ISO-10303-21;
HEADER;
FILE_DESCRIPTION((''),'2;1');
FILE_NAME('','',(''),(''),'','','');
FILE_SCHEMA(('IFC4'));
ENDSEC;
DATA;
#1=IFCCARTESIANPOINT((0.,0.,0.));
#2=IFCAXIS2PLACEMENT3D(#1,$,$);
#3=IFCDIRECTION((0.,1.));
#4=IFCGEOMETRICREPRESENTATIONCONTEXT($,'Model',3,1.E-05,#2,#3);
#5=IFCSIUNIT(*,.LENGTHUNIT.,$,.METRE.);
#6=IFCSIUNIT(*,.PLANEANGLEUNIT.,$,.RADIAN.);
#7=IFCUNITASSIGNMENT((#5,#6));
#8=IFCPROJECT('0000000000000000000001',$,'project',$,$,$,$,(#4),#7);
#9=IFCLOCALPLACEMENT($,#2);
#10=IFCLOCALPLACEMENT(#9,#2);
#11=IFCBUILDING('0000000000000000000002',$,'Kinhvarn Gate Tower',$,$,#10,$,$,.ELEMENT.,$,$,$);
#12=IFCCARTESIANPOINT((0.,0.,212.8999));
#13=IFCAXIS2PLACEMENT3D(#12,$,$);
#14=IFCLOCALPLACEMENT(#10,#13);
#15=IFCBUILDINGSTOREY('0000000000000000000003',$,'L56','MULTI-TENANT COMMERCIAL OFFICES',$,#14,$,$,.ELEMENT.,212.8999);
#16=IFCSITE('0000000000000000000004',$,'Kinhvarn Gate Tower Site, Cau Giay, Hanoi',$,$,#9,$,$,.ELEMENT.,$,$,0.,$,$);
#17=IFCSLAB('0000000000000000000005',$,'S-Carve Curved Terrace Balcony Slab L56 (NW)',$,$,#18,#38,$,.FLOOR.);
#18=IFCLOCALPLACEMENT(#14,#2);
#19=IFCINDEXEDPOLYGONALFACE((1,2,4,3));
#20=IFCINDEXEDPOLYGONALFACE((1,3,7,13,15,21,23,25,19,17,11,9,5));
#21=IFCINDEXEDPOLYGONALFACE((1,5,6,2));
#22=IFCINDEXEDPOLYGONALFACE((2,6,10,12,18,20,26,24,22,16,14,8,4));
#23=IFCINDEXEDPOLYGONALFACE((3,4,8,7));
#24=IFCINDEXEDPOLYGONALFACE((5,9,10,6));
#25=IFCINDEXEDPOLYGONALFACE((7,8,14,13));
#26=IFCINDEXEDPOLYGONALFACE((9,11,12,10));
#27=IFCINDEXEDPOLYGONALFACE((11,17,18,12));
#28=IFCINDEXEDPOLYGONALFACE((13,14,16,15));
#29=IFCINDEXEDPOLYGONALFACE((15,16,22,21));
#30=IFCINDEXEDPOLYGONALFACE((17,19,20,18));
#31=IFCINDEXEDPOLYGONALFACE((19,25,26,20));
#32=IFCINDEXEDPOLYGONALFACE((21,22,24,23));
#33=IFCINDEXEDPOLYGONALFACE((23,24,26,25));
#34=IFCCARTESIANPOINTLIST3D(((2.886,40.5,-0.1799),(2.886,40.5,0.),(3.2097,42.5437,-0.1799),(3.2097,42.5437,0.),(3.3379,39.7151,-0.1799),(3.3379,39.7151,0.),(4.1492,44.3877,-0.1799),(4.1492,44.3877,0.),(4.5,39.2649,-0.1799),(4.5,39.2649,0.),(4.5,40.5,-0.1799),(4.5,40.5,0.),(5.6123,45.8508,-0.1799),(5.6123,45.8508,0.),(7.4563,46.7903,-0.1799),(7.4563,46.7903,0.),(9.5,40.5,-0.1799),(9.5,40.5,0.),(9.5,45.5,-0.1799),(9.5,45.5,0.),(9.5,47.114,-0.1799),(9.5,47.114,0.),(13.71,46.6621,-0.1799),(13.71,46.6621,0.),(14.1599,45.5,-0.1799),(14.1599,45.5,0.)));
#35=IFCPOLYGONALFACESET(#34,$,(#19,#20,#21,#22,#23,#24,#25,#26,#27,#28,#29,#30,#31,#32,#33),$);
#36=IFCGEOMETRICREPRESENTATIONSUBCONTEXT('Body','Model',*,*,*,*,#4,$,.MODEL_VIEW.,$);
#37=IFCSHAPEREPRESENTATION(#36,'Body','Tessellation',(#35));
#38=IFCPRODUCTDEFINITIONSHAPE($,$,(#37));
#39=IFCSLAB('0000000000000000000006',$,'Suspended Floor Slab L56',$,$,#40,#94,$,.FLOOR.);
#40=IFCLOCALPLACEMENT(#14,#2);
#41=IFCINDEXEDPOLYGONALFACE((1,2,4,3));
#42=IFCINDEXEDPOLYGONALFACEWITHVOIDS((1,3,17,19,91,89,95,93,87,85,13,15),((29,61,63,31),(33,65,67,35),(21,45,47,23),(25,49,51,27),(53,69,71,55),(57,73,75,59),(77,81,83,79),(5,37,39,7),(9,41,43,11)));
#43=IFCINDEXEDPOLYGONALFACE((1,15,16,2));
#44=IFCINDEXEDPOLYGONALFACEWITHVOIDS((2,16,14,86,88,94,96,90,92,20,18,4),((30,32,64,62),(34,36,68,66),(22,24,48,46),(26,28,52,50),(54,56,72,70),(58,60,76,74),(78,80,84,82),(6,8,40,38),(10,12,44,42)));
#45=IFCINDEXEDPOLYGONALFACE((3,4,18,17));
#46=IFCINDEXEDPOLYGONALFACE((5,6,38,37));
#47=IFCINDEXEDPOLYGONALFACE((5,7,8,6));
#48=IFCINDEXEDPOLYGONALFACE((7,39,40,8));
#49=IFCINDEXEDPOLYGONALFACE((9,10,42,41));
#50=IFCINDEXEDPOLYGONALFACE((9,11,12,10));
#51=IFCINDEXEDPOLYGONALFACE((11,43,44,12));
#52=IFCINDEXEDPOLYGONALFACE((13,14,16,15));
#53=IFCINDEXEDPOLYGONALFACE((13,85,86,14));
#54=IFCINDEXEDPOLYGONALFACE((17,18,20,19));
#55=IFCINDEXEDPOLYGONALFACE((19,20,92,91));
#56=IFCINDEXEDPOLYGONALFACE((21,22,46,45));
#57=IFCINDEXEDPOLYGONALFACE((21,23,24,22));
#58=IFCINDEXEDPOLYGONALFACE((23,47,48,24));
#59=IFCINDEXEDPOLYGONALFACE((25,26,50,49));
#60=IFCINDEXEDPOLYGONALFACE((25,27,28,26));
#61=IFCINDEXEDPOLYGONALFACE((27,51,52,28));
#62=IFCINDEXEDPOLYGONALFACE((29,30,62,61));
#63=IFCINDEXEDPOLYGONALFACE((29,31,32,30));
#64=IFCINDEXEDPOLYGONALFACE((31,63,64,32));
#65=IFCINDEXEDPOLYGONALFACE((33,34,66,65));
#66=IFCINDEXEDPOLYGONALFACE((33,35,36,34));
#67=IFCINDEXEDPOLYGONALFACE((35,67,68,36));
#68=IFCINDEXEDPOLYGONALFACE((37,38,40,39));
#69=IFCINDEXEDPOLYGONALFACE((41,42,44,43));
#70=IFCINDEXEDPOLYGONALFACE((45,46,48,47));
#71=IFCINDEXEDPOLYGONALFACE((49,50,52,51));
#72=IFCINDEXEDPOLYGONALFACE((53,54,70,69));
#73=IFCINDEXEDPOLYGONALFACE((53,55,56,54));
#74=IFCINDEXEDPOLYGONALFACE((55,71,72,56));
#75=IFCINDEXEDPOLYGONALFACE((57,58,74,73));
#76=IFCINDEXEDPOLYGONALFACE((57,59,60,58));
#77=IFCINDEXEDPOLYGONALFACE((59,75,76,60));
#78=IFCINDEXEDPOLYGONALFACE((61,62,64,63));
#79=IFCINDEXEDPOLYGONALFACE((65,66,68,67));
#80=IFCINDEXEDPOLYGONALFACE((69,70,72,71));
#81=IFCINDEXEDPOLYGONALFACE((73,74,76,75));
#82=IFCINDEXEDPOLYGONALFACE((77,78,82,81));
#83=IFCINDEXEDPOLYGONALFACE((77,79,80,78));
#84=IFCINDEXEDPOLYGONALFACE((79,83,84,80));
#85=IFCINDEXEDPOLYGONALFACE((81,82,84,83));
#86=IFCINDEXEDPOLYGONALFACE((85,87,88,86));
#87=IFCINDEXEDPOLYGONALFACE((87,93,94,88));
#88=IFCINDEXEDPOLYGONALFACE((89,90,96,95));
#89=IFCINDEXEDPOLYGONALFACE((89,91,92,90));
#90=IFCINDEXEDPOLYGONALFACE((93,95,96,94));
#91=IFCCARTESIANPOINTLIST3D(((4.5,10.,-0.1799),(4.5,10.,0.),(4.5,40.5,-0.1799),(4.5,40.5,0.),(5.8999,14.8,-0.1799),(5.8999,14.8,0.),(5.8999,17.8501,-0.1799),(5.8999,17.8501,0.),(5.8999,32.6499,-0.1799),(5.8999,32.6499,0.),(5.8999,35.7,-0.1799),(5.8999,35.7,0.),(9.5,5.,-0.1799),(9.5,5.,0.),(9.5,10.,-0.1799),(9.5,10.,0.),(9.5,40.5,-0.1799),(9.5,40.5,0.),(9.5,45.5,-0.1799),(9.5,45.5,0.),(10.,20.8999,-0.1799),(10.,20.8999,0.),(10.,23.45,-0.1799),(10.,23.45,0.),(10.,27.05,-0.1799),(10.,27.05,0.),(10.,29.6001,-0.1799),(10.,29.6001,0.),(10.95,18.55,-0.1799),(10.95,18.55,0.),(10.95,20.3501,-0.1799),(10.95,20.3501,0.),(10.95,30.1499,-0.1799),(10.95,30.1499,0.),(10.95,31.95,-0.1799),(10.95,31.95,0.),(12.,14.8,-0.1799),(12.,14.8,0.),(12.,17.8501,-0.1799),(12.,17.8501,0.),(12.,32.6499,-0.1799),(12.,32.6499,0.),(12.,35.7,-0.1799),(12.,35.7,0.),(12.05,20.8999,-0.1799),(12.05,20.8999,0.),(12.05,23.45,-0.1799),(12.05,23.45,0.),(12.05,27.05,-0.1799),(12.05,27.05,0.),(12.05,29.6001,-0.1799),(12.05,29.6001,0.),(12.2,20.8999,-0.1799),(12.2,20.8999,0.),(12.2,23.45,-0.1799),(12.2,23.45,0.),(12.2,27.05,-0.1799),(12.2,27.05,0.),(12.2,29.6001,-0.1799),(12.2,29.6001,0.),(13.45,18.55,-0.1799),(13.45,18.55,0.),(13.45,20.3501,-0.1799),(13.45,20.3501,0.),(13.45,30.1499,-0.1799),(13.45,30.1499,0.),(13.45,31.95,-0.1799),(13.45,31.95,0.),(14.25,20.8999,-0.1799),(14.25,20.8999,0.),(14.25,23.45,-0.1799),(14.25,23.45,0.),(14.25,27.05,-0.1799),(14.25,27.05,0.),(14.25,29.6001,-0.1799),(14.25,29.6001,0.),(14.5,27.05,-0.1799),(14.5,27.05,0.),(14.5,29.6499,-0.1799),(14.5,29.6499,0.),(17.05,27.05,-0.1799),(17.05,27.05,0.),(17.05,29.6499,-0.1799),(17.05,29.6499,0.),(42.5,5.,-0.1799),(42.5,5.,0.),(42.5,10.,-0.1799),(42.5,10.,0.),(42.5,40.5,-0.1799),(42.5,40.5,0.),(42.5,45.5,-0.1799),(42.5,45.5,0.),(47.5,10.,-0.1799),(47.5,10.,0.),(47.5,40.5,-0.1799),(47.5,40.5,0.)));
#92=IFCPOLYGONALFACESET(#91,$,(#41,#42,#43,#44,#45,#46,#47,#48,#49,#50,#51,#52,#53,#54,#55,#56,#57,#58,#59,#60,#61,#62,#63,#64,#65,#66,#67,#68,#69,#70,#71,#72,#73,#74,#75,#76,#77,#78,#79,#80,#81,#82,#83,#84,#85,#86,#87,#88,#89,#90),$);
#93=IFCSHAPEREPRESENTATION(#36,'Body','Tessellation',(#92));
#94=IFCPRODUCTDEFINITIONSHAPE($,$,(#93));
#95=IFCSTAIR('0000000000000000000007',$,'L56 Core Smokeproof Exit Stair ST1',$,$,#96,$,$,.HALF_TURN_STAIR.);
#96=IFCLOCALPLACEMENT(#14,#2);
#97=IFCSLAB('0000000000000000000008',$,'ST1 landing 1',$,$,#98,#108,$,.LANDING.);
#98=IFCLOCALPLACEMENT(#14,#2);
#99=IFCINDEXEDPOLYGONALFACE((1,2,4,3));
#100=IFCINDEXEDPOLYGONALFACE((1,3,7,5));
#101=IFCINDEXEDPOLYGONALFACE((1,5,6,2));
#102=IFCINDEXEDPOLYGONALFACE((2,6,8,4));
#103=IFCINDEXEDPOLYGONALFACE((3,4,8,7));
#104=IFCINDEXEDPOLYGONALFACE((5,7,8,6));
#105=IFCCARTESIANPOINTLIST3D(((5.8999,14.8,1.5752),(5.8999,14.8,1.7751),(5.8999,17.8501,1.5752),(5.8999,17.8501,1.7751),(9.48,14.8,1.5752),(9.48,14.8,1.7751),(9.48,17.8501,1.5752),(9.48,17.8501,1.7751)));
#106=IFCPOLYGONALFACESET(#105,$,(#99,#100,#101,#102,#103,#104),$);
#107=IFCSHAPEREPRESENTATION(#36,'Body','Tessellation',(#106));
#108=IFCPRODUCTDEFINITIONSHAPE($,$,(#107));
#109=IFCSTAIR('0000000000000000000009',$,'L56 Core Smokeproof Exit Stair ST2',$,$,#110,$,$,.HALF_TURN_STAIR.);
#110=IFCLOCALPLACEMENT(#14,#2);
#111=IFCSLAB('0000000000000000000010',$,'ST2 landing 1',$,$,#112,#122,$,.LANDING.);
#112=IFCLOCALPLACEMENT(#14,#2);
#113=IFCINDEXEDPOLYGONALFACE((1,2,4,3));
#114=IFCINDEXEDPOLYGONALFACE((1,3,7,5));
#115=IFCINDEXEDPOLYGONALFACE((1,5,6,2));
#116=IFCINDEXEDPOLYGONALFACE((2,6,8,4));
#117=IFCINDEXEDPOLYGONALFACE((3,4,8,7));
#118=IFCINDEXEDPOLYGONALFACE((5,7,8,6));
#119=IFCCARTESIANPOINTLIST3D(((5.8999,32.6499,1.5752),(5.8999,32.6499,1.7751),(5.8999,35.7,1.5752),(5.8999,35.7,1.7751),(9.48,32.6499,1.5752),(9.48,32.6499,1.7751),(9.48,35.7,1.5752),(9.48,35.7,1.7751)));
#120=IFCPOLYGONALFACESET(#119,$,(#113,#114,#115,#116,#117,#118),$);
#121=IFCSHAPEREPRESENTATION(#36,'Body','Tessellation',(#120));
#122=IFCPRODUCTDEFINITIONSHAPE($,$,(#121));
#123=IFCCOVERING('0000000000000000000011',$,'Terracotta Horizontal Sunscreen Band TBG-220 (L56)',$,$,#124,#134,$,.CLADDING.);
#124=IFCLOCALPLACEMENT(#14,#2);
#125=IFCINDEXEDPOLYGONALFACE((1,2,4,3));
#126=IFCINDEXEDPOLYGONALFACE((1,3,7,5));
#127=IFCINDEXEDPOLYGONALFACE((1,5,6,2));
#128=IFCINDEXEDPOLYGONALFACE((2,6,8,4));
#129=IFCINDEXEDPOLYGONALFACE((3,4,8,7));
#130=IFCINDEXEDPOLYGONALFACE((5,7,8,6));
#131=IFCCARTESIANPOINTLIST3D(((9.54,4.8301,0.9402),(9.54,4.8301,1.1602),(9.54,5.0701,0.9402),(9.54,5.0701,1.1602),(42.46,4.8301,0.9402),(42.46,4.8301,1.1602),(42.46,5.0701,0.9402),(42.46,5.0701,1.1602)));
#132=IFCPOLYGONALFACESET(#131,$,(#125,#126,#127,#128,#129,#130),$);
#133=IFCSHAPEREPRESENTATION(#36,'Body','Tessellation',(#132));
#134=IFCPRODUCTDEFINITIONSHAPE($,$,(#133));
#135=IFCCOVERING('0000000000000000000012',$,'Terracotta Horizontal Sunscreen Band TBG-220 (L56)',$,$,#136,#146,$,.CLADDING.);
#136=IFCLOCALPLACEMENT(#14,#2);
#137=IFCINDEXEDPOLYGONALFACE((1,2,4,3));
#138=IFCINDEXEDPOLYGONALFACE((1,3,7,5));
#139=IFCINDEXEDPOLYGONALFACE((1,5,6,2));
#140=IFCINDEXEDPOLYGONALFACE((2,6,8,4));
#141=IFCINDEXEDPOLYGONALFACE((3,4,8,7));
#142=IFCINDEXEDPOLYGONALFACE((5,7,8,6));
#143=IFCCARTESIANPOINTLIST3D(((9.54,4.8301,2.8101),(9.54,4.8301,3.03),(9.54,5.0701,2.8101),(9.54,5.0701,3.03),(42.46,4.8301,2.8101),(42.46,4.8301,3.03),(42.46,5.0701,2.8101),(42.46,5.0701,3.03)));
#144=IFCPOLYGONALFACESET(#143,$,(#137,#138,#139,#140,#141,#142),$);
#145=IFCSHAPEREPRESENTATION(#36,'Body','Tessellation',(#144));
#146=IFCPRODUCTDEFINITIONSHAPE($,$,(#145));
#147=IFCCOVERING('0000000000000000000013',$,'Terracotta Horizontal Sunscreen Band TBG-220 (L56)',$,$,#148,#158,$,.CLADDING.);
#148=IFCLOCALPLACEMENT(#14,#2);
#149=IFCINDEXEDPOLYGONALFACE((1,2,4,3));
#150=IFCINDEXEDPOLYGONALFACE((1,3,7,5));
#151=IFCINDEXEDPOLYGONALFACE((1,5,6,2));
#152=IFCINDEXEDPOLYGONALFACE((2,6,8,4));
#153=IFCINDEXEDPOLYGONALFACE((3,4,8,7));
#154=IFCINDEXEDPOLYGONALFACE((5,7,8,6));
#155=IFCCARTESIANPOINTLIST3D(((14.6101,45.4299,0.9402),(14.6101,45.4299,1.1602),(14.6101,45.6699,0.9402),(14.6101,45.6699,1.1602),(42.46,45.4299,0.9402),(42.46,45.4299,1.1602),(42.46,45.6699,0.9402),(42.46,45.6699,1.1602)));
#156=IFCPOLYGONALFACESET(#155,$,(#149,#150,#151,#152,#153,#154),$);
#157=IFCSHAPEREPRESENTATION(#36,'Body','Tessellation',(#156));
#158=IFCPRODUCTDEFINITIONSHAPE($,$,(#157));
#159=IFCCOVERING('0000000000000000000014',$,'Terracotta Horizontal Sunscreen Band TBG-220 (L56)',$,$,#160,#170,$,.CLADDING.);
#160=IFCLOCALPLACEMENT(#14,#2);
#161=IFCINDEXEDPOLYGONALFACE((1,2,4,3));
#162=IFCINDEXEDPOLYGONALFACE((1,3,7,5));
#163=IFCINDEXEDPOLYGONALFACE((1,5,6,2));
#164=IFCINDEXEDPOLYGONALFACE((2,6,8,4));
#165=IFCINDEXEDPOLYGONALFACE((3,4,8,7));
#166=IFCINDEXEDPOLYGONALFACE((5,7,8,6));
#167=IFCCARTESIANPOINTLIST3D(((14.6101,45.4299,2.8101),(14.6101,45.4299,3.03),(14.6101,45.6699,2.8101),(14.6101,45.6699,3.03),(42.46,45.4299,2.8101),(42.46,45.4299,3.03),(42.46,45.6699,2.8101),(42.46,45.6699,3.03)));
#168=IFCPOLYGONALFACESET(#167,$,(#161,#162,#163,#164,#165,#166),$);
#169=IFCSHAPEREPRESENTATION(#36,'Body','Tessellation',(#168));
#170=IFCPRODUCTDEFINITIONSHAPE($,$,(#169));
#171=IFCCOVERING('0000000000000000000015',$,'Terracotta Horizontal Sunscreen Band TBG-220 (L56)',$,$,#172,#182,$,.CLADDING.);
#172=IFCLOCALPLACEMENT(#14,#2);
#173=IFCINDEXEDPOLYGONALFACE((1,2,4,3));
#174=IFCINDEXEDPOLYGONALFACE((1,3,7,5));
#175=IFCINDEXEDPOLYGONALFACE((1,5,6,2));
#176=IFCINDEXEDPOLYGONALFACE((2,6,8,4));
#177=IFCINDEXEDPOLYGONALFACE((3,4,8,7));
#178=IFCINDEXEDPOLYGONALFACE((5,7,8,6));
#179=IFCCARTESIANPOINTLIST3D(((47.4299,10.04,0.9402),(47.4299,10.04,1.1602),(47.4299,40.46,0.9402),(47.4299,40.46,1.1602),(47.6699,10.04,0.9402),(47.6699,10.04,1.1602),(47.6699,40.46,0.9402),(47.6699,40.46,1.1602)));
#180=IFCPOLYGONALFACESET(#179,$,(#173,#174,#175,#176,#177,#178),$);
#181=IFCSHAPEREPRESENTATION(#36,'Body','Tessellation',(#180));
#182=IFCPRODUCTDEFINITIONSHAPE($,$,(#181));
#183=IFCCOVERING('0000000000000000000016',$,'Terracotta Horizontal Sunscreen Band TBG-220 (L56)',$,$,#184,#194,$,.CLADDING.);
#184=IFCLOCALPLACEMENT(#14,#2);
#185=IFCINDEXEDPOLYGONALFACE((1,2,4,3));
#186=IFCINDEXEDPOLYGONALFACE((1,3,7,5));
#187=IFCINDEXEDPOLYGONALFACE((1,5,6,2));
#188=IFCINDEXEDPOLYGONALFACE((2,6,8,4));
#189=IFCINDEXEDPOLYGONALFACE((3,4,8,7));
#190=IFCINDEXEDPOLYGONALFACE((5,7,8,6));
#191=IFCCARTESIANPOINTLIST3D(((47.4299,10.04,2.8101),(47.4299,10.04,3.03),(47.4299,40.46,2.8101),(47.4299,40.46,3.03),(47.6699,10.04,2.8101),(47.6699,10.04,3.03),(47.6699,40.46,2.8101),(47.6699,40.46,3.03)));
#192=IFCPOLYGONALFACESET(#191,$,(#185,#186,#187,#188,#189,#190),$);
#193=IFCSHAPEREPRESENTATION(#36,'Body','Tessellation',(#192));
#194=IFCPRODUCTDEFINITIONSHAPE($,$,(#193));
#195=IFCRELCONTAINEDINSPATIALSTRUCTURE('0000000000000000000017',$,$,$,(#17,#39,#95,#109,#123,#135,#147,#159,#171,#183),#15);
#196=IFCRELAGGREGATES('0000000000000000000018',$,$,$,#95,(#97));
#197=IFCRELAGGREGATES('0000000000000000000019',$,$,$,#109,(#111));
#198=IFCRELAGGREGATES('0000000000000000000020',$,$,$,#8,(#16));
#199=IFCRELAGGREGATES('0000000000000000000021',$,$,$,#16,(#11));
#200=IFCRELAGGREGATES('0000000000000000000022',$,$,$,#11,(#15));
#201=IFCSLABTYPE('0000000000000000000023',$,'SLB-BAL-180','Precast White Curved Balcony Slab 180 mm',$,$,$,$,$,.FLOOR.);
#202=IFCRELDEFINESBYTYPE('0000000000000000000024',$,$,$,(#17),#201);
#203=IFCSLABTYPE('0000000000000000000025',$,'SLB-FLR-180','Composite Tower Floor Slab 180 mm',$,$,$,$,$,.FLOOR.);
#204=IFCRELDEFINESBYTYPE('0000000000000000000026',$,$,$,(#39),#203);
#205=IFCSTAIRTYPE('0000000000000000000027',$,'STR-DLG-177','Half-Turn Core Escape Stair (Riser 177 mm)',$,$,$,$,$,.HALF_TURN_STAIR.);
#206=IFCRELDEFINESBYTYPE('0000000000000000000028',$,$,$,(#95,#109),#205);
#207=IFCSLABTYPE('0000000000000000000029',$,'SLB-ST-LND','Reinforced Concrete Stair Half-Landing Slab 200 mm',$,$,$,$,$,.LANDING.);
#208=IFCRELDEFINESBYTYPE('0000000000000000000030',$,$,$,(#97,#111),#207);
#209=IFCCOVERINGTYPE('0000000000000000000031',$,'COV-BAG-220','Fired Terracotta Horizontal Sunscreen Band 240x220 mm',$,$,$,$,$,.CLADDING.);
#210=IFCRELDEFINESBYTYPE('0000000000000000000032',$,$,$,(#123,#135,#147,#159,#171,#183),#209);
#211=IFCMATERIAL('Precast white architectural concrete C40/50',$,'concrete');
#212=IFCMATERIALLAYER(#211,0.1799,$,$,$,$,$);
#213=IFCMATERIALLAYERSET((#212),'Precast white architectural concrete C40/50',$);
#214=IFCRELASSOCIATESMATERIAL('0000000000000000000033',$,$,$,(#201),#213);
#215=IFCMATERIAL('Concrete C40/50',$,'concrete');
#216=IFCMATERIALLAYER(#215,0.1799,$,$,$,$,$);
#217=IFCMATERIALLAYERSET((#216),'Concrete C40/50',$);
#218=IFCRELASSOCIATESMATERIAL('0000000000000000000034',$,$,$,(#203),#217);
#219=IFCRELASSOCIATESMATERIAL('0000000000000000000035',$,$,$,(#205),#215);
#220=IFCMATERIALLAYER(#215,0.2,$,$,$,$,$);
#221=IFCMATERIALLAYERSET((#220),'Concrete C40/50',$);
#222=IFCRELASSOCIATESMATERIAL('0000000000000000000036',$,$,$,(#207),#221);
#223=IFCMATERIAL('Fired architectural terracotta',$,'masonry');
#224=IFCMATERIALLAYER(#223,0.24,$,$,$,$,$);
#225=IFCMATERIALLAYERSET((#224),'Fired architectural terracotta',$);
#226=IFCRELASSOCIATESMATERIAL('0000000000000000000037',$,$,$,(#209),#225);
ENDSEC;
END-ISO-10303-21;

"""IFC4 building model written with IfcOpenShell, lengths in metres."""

from ifc_helpers import new_model, si_unit, direction, frame, origin, place, context, subcontext, project, spatial, polyline, outline, extrude, material, layer, layer_set, type_object, element, aggregate, save


model = new_model("IFC4")

# Units and contexts
model_context = context("Model", 3, precision=1e-05, world=origin(), true_north=direction((0.0, 1.0)))
body_context = subcontext(model_context, "Body", "Model", "MODEL_VIEW")
ifc_project = project(units=[si_unit("LENGTHUNIT", "METRE"), si_unit("PLANEANGLEUNIT", "RADIAN")], contexts=[model_context])

# Site, building, storey
site_placement = place(None, origin())
site = spatial("IfcSite", under=ifc_project, at=site_placement, Name="Kinhvarn Gate Tower Site, Cau Giay, Hanoi", CompositionType="ELEMENT", RefElevation=0.0)
building_placement = place(site_placement, origin())
building = spatial("IfcBuilding", under=site, at=building_placement, Name="Kinhvarn Gate Tower", CompositionType="ELEMENT")
storey_placement = place(building_placement, frame((0.0, 0.0, 212.8999)))
storey = spatial("IfcBuildingStorey", under=building, at=storey_placement, Name="L56", Description="MULTI-TENANT COMMERCIAL OFFICES", CompositionType="ELEMENT", Elevation=212.8999)

# Slabs
ifc_material_1 = material(Name="Precast white architectural concrete C40/50", Category="concrete")
ifc_layer_1 = layer(ifc_material_1, 0.1799)
ifc_layer_set_1 = layer_set([ifc_layer_1], Name="Precast white architectural concrete C40/50")
slab_type_1 = type_object("IfcSlabType", Name="SLB-BAL-180", Description="Precast White Curved Balcony Slab 180 mm", PredefinedType="FLOOR", material=ifc_layer_set_1)
slab_1_placement = place(storey_placement, frame((0.0, 0.0, -0.1799)))
element("IfcSlab", 1, at=slab_1_placement, inside=storey, type_object=slab_type_1, Name="S-Carve Curved Terrace Balcony Slab L56 (NW)", PredefinedType="FLOOR", context=body_context, shape_type="SweptSolid", body=[
    extrude(outline(polyline([(14.1599, 45.5), (13.71, 46.6621), (9.5, 47.114), (7.4563, 46.7903), (5.6123, 45.8508), (4.1492, 44.3877), (3.2097, 42.5437), (2.886, 40.5), (3.3379, 39.7151), (4.5, 39.2649), (4.5, 40.5), (9.5, 40.5), (9.5, 45.5), (14.1599, 45.5)])), origin(), (0.0, 0.0, 1.0), 0.1799),
])
ifc_material_2 = material(Name="Concrete C40/50", Category="concrete")
ifc_layer_2 = layer(ifc_material_2, 0.1799)
ifc_layer_set_2 = layer_set([ifc_layer_2], Name="Concrete C40/50")
slab_type_2 = type_object("IfcSlabType", Name="SLB-FLR-180", Description="Composite Tower Floor Slab 180 mm", PredefinedType="FLOOR", material=ifc_layer_set_2)
slab_2_placement = place(storey_placement, frame((0.0, 0.0, -0.1799)))
element("IfcSlab", 2, at=slab_2_placement, inside=storey, type_object=slab_type_2, Name="Suspended Floor Slab L56", PredefinedType="FLOOR", context=body_context, shape_type="SweptSolid", body=[
    extrude(outline(polyline([(9.5, 5.0), (42.5, 5.0), (42.5, 10.0), (47.5, 10.0), (47.5, 40.5), (42.5, 40.5), (42.5, 45.5), (9.5, 45.5), (9.5, 40.5), (4.5, 40.5), (4.5, 10.0), (9.5, 10.0), (9.5, 5.0)]), holes=[polyline([(5.8999, 14.8), (12.0, 14.8), (12.0, 17.8501), (5.8999, 17.8501), (5.8999, 14.8)]), polyline([(5.8999, 32.6499), (12.0, 32.6499), (12.0, 35.7), (5.8999, 35.7), (5.8999, 32.6499)]), polyline([(10.0, 20.8999), (12.05, 20.8999), (12.05, 23.45), (10.0, 23.45), (10.0, 20.8999)]), polyline([(12.2, 20.8999), (14.25, 20.8999), (14.25, 23.45), (12.2, 23.45), (12.2, 20.8999)]), polyline([(10.0, 27.05), (12.05, 27.05), (12.05, 29.6001), (10.0, 29.6001), (10.0, 27.05)]), polyline([(12.2, 27.05), (14.25, 27.05), (14.25, 29.6001), (12.2, 29.6001), (12.2, 27.05)]), polyline([(14.5, 27.05), (17.05, 27.05), (17.05, 29.6499), (14.5, 29.6499), (14.5, 27.05)]), polyline([(10.95, 18.55), (13.45, 18.55), (13.45, 20.3501), (10.95, 20.3501), (10.95, 18.55)]), polyline([(10.95, 30.1499), (13.45, 30.1499), (13.45, 31.95), (10.95, 31.95), (10.95, 30.1499)])]), origin(), (0.0, 0.0, 1.0), 0.1799),
])

# Stairs, slabs
stair_type = type_object("IfcStairType", Name="STR-DLG-177", Description="Half-Turn Core Escape Stair (Riser 177 mm)", PredefinedType="HALF_TURN_STAIR", material=ifc_material_2)
stair_1_placement = place(storey_placement, origin())
stair_1 = element("IfcStair", 3, at=stair_1_placement, inside=storey, type_object=stair_type, Name="L56 Core Smokeproof Exit Stair ST1", PredefinedType="HALF_TURN_STAIR")
ifc_layer_3 = layer(ifc_material_2, 0.2)
ifc_layer_set_3 = layer_set([ifc_layer_3], Name="Concrete C40/50")
slab_type_3 = type_object("IfcSlabType", Name="SLB-ST-LND", Description="Reinforced Concrete Stair Half-Landing Slab 200 mm", PredefinedType="LANDING", material=ifc_layer_set_3)
slab_3_placement = place(storey_placement, frame((0.0, 0.0, 1.5752)))
slab_3 = element("IfcSlab", 4, at=slab_3_placement, type_object=slab_type_3, Name="ST1 landing 1", PredefinedType="LANDING", context=body_context, shape_type="SweptSolid", body=[
    extrude(outline(polyline([(9.48, 17.8501), (5.8999, 17.8501), (5.8999, 14.8), (9.48, 14.8), (9.48, 17.8501)])), origin(), (0.0, 0.0, 1.0), 0.2),
])
aggregate(stair_1, [slab_3])
stair_2_placement = place(storey_placement, origin())
stair_2 = element("IfcStair", 5, at=stair_2_placement, inside=storey, type_object=stair_type, Name="L56 Core Smokeproof Exit Stair ST2", PredefinedType="HALF_TURN_STAIR")
slab_4_placement = place(storey_placement, frame((0.0, 0.0, 1.5752)))
slab_4 = element("IfcSlab", 6, at=slab_4_placement, type_object=slab_type_3, Name="ST2 landing 1", PredefinedType="LANDING", context=body_context, shape_type="SweptSolid", body=[
    extrude(outline(polyline([(9.48, 35.7), (5.8999, 35.7), (5.8999, 32.6499), (9.48, 32.6499), (9.48, 35.7)])), origin(), (0.0, 0.0, 1.0), 0.2),
])
aggregate(stair_2, [slab_4])

# Coverings
ifc_material_3 = material(Name="Fired architectural terracotta", Category="masonry")
ifc_layer_4 = layer(ifc_material_3, 0.24)
ifc_layer_set_4 = layer_set([ifc_layer_4], Name="Fired architectural terracotta")
covering_type_1 = type_object("IfcCoveringType", Name="COV-BAG-220", Description="Fired Terracotta Horizontal Sunscreen Band 240x220 mm", PredefinedType="CLADDING", material=ifc_layer_set_4)
for number, where, name in (
    (7, (0.0, 0.0, 0.9402), "Terracotta Horizontal Sunscreen Band TBG-220 (L56)"),
    (8, (0.0, 0.0, 2.8101), "Terracotta Horizontal Sunscreen Band TBG-220 (L56)"),
):
    element("IfcCovering", number, at=place(storey_placement, frame(where)), inside=storey, type_object=covering_type_1, Name=name, PredefinedType="CLADDING", context=body_context, shape_type="SweptSolid", body=[
        extrude(outline(polyline([(9.54, 5.0701), (42.46, 5.0701), (42.46, 4.8301), (9.54, 4.8301), (9.54, 5.0701)])), origin(), (0.0, 0.0, 1.0), 0.22),
    ])
for number, where, name in (
    (9, (0.0, 0.0, 0.9402), "Terracotta Horizontal Sunscreen Band TBG-220 (L56)"),
    (10, (0.0, 0.0, 2.8101), "Terracotta Horizontal Sunscreen Band TBG-220 (L56)"),
):
    element("IfcCovering", number, at=place(storey_placement, frame(where)), inside=storey, type_object=covering_type_1, Name=name, PredefinedType="CLADDING", context=body_context, shape_type="SweptSolid", body=[
        extrude(outline(polyline([(42.46, 45.4299), (14.6101, 45.4299), (14.6101, 45.6699), (42.46, 45.6699), (42.46, 45.4299)])), origin(), (0.0, 0.0, 1.0), 0.22),
    ])
for number, where, name in (
    (11, (0.0, 0.0, 0.9402), "Terracotta Horizontal Sunscreen Band TBG-220 (L56)"),
    (12, (0.0, 0.0, 2.8101), "Terracotta Horizontal Sunscreen Band TBG-220 (L56)"),
):
    element("IfcCovering", number, at=place(storey_placement, frame(where)), inside=storey, type_object=covering_type_1, Name=name, PredefinedType="CLADDING", context=body_context, shape_type="SweptSolid", body=[
        extrude(outline(polyline([(47.4299, 10.04), (47.4299, 40.46), (47.6699, 40.46), (47.6699, 10.04), (47.4299, 10.04)])), origin(), (0.0, 0.0, 1.0), 0.22),
    ])

save(model, "model.ifc")
